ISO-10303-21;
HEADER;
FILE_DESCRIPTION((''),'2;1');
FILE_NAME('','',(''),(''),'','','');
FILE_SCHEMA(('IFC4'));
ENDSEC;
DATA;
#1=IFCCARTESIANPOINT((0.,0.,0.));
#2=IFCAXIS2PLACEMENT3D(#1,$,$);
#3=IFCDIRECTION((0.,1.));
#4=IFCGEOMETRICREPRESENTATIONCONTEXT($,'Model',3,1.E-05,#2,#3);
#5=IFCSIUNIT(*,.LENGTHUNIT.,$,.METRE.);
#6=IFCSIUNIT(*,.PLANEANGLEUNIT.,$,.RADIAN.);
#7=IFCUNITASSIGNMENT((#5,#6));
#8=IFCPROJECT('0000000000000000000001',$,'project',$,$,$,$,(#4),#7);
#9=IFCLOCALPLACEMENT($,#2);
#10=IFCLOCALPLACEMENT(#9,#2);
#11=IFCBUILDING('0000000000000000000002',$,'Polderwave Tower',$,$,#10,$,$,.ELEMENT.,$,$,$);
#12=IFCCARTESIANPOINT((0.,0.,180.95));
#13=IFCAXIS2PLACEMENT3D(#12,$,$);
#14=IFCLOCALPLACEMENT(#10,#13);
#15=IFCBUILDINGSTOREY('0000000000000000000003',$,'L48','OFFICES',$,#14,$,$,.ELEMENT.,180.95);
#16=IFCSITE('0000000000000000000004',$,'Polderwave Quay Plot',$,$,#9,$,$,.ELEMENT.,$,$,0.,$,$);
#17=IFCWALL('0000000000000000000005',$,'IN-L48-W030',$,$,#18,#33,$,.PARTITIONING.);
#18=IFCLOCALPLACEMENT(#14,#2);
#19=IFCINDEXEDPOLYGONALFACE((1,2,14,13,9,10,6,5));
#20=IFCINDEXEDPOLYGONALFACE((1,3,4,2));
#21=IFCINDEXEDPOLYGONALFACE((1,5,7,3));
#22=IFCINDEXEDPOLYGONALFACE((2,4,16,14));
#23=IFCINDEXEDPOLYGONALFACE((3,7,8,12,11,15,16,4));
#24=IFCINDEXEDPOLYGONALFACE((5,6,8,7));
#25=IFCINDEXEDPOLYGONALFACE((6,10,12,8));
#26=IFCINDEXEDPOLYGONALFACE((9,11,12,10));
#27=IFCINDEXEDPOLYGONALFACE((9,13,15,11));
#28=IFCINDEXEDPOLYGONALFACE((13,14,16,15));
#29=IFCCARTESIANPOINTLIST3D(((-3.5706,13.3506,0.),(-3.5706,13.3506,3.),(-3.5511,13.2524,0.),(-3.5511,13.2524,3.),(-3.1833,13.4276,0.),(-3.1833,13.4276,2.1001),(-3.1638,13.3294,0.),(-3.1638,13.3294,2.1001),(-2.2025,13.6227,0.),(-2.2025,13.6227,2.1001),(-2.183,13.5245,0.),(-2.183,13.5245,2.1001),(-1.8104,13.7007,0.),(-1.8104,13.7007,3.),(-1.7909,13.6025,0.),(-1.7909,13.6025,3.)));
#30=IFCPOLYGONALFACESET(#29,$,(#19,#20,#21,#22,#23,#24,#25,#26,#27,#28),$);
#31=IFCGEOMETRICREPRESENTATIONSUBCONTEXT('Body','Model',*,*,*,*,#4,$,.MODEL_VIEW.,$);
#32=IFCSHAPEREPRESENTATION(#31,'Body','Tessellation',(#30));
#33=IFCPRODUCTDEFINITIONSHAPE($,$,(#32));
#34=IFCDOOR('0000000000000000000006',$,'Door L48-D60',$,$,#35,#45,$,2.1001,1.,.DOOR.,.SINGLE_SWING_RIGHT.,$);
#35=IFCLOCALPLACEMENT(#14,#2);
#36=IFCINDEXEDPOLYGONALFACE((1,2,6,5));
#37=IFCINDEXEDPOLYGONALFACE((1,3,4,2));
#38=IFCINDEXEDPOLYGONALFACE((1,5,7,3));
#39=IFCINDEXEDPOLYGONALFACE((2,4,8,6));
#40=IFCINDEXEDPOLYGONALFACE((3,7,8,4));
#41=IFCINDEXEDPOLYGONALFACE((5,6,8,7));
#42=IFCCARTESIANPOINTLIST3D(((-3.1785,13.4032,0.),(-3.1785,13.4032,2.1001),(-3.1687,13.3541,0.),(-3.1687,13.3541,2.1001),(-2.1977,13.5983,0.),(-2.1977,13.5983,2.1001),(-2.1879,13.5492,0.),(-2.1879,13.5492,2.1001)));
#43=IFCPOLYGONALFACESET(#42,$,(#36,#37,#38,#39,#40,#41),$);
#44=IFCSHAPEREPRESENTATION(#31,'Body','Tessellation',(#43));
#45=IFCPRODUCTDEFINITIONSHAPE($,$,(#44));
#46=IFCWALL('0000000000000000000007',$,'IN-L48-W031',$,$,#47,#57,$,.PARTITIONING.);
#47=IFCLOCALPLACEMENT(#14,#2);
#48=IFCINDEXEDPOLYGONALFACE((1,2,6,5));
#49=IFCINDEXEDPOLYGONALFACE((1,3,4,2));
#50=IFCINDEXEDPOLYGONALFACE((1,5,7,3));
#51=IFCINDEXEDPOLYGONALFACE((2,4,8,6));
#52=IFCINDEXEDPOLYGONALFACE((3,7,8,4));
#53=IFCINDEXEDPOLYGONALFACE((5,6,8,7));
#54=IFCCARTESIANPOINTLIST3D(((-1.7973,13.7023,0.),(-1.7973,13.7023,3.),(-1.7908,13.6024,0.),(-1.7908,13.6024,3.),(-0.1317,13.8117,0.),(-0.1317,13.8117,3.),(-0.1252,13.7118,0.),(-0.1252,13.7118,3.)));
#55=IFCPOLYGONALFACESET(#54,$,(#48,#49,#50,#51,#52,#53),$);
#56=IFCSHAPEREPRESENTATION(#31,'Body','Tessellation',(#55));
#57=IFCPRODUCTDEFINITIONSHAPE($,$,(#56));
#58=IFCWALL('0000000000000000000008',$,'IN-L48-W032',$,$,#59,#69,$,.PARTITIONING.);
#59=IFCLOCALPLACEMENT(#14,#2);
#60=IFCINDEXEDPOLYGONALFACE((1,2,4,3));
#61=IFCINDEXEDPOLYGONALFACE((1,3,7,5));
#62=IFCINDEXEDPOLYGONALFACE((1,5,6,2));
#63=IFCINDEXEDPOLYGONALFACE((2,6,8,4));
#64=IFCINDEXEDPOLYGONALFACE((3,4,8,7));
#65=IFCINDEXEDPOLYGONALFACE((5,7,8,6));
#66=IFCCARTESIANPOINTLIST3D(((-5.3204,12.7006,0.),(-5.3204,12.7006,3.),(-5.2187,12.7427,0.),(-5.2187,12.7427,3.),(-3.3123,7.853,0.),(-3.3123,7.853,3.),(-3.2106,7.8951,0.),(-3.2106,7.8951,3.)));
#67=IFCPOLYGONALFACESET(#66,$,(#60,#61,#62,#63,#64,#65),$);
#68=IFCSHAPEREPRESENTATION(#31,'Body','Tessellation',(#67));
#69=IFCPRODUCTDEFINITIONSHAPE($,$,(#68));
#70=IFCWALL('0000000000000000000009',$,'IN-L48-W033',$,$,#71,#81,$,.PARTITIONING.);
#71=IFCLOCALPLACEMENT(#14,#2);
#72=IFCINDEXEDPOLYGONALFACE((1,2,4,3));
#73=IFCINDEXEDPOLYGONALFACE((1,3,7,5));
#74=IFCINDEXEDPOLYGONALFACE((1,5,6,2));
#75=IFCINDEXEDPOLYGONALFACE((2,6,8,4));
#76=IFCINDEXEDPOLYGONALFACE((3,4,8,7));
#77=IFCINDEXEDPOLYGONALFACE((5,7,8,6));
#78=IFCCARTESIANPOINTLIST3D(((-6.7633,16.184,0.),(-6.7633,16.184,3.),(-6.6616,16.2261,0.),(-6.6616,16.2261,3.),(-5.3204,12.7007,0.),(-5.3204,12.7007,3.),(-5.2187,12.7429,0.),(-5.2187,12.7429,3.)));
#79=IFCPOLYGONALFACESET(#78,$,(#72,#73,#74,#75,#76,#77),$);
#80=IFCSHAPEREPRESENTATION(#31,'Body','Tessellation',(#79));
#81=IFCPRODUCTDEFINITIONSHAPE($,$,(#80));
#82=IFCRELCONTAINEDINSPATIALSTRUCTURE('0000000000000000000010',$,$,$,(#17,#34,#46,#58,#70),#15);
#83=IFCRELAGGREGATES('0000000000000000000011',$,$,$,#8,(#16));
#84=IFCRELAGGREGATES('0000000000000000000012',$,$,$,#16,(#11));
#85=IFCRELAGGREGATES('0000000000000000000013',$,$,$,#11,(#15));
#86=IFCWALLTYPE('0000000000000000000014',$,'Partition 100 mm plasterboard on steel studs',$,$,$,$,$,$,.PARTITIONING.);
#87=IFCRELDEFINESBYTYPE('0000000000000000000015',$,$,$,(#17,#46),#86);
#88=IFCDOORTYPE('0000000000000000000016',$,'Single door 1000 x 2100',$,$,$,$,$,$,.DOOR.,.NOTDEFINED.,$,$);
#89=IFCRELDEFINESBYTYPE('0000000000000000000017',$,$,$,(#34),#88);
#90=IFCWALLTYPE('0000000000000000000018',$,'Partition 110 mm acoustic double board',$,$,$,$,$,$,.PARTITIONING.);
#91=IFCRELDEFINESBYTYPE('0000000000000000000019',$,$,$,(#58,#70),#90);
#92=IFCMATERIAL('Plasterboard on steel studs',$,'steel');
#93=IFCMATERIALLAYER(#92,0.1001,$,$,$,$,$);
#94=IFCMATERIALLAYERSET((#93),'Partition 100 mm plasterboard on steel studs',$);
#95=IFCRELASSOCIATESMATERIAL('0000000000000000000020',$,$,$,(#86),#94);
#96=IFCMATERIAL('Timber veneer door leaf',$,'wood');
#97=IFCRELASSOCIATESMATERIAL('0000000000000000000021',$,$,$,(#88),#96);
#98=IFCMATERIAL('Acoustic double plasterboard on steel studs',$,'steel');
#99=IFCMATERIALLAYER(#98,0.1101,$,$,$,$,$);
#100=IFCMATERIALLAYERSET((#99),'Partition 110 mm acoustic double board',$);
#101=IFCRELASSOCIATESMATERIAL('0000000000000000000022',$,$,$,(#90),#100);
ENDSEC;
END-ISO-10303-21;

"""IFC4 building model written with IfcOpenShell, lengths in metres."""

from ifc_helpers import new_model, si_unit, direction, frame, frame_2d, origin, place, context, subcontext, project, spatial, rectangle, extrude, material, layer, layer_set, type_object, element, fill, save


model = new_model("IFC4")

# Units and contexts
model_context = context("Model", 3, precision=1e-05, world=origin(), true_north=direction((0.0, 1.0)))
body_context = subcontext(model_context, "Body", "Model", "MODEL_VIEW")
ifc_project = project(units=[si_unit("LENGTHUNIT", "METRE"), si_unit("PLANEANGLEUNIT", "RADIAN")], contexts=[model_context])

# Site, building, storey
site_placement = place(None, origin())
site = spatial("IfcSite", under=ifc_project, at=site_placement, Name="Polderwave Quay Plot", CompositionType="ELEMENT", RefElevation=0.0)
building_placement = place(site_placement, origin())
building = spatial("IfcBuilding", under=site, at=building_placement, Name="Polderwave Tower", CompositionType="ELEMENT")
storey_placement = place(building_placement, frame((0.0, 0.0, 180.95)))
storey = spatial("IfcBuildingStorey", under=building, at=storey_placement, Name="L48", Description="OFFICES", CompositionType="ELEMENT", Elevation=180.95)

# Shared definitions
ifc_material_1 = material(Name="Plasterboard on steel studs", Category="steel")
ifc_layer_1 = layer(ifc_material_1, 0.1001)
ifc_layer_set_1 = layer_set([ifc_layer_1], Name="Partition 100 mm plasterboard on steel studs")
wall_type_1 = type_object("IfcWallType", Name="Partition 100 mm plasterboard on steel studs", PredefinedType="PARTITIONING", material=ifc_layer_set_1)

# Wall, opening, door
wall_1_placement = place(storey_placement, frame((-1.8005, 13.6516, 0.0), z_axis=(0.0, 0.0, 1.0), x_axis=(-0.980789, -0.19507, 0.0)))
wall_1 = element("IfcWall", 1, at=wall_1_placement, inside=storey, type_object=wall_type_1, Name="IN-L48-W030", PredefinedType="PARTITIONING", context=body_context, shape_type="SweptSolid", body=[
    extrude(rectangle(XDim=1.7947, YDim=0.1001, at=frame_2d((0.8975, 0.0))), origin(), (0.0, 0.0, 1.0), 3.0),
])
opening_placement = place(wall_1_placement, frame((0.3999, 0.0, 0.0)))
opening = element("IfcOpeningElement", 2, at=opening_placement, cuts=wall_1, PredefinedType="OPENING", context=body_context, shape_type="SweptSolid", body=[
    extrude(rectangle(XDim=1.0, YDim=2.1001, at=frame_2d((0.5, 1.05))), frame((0.0, 0.0601, 0.0), z_axis=(0.0, -1.0, 0.0), x_axis=(1.0, 0.0, 0.0)), (0.0, 0.0, 1.0), 0.1201),
])
ifc_material_2 = material(Name="Timber veneer door leaf", Category="wood")
door_type = type_object("IfcDoorType", Name="Single door 1000 x 2100", OperationType="NOTDEFINED", PredefinedType="DOOR", material=ifc_material_2)
door_placement = place(opening_placement, origin())
door = element("IfcDoor", 3, at=door_placement, inside=storey, type_object=door_type, Name="Door L48-D60", OperationType="SINGLE_SWING_RIGHT", OverallHeight=2.1001, OverallWidth=1.0, PredefinedType="DOOR", context=body_context, shape_type="SweptSolid", body=[
    extrude(rectangle(XDim=1.0, YDim=2.1001, at=frame_2d((0.5, 1.05))), frame((0.0, 0.0249, 0.0), z_axis=(0.0, -1.0, 0.0), x_axis=(1.0, 0.0, 0.0)), (0.0, 0.0, 1.0), 0.05),
])
fill(opening, door)

# Walls
wall_2_placement = place(storey_placement, frame((-1.7939, 13.6523, 0.0), z_axis=(0.0, 0.0, 1.0), x_axis=(0.997851, 0.065529, 0.0)))
element("IfcWall", 4, at=wall_2_placement, inside=storey, type_object=wall_type_1, Name="IN-L48-W031", PredefinedType="PARTITIONING", context=body_context, shape_type="SweptSolid", body=[
    extrude(rectangle(XDim=1.6692, YDim=0.1001, at=frame_2d((0.8345, 0.0))), origin(), (0.0, 0.0, 1.0), 3.0),
])
ifc_material_3 = material(Name="Acoustic double plasterboard on steel studs", Category="steel")
ifc_layer_2 = layer(ifc_material_3, 0.1101)
ifc_layer_set_2 = layer_set([ifc_layer_2], Name="Partition 110 mm acoustic double board")
wall_type_2 = type_object("IfcWallType", Name="Partition 110 mm acoustic double board", PredefinedType="PARTITIONING", material=ifc_layer_set_2)
wall_3_placement = place(storey_placement, frame((-3.2615, 7.874, 0.0), z_axis=(0.0, 0.0, 1.0), x_axis=(-0.382698, 0.923873, 0.0)))
element("IfcWall", 5, at=wall_3_placement, inside=storey, type_object=wall_type_2, Name="IN-L48-W032", PredefinedType="PARTITIONING", context=body_context, shape_type="SweptSolid", body=[
    extrude(rectangle(XDim=5.2471, YDim=0.1101, at=frame_2d((2.6235, 0.0))), origin(), (0.0, 0.0, 1.0), 3.0),
])
wall_4_placement = place(storey_placement, frame((-5.2695, 12.7217, 0.0), z_axis=(0.0, 0.0, 1.0), x_axis=(-0.382706, 0.92387, 0.0)))
element("IfcWall", 6, at=wall_4_placement, inside=storey, type_object=wall_type_2, Name="IN-L48-W033", PredefinedType="PARTITIONING", context=body_context, shape_type="SweptSolid", body=[
    extrude(rectangle(XDim=3.7703, YDim=0.1101, at=frame_2d((1.8853, 0.0))), origin(), (0.0, 0.0, 1.0), 3.0),
])

save(model, "model.ifc")
